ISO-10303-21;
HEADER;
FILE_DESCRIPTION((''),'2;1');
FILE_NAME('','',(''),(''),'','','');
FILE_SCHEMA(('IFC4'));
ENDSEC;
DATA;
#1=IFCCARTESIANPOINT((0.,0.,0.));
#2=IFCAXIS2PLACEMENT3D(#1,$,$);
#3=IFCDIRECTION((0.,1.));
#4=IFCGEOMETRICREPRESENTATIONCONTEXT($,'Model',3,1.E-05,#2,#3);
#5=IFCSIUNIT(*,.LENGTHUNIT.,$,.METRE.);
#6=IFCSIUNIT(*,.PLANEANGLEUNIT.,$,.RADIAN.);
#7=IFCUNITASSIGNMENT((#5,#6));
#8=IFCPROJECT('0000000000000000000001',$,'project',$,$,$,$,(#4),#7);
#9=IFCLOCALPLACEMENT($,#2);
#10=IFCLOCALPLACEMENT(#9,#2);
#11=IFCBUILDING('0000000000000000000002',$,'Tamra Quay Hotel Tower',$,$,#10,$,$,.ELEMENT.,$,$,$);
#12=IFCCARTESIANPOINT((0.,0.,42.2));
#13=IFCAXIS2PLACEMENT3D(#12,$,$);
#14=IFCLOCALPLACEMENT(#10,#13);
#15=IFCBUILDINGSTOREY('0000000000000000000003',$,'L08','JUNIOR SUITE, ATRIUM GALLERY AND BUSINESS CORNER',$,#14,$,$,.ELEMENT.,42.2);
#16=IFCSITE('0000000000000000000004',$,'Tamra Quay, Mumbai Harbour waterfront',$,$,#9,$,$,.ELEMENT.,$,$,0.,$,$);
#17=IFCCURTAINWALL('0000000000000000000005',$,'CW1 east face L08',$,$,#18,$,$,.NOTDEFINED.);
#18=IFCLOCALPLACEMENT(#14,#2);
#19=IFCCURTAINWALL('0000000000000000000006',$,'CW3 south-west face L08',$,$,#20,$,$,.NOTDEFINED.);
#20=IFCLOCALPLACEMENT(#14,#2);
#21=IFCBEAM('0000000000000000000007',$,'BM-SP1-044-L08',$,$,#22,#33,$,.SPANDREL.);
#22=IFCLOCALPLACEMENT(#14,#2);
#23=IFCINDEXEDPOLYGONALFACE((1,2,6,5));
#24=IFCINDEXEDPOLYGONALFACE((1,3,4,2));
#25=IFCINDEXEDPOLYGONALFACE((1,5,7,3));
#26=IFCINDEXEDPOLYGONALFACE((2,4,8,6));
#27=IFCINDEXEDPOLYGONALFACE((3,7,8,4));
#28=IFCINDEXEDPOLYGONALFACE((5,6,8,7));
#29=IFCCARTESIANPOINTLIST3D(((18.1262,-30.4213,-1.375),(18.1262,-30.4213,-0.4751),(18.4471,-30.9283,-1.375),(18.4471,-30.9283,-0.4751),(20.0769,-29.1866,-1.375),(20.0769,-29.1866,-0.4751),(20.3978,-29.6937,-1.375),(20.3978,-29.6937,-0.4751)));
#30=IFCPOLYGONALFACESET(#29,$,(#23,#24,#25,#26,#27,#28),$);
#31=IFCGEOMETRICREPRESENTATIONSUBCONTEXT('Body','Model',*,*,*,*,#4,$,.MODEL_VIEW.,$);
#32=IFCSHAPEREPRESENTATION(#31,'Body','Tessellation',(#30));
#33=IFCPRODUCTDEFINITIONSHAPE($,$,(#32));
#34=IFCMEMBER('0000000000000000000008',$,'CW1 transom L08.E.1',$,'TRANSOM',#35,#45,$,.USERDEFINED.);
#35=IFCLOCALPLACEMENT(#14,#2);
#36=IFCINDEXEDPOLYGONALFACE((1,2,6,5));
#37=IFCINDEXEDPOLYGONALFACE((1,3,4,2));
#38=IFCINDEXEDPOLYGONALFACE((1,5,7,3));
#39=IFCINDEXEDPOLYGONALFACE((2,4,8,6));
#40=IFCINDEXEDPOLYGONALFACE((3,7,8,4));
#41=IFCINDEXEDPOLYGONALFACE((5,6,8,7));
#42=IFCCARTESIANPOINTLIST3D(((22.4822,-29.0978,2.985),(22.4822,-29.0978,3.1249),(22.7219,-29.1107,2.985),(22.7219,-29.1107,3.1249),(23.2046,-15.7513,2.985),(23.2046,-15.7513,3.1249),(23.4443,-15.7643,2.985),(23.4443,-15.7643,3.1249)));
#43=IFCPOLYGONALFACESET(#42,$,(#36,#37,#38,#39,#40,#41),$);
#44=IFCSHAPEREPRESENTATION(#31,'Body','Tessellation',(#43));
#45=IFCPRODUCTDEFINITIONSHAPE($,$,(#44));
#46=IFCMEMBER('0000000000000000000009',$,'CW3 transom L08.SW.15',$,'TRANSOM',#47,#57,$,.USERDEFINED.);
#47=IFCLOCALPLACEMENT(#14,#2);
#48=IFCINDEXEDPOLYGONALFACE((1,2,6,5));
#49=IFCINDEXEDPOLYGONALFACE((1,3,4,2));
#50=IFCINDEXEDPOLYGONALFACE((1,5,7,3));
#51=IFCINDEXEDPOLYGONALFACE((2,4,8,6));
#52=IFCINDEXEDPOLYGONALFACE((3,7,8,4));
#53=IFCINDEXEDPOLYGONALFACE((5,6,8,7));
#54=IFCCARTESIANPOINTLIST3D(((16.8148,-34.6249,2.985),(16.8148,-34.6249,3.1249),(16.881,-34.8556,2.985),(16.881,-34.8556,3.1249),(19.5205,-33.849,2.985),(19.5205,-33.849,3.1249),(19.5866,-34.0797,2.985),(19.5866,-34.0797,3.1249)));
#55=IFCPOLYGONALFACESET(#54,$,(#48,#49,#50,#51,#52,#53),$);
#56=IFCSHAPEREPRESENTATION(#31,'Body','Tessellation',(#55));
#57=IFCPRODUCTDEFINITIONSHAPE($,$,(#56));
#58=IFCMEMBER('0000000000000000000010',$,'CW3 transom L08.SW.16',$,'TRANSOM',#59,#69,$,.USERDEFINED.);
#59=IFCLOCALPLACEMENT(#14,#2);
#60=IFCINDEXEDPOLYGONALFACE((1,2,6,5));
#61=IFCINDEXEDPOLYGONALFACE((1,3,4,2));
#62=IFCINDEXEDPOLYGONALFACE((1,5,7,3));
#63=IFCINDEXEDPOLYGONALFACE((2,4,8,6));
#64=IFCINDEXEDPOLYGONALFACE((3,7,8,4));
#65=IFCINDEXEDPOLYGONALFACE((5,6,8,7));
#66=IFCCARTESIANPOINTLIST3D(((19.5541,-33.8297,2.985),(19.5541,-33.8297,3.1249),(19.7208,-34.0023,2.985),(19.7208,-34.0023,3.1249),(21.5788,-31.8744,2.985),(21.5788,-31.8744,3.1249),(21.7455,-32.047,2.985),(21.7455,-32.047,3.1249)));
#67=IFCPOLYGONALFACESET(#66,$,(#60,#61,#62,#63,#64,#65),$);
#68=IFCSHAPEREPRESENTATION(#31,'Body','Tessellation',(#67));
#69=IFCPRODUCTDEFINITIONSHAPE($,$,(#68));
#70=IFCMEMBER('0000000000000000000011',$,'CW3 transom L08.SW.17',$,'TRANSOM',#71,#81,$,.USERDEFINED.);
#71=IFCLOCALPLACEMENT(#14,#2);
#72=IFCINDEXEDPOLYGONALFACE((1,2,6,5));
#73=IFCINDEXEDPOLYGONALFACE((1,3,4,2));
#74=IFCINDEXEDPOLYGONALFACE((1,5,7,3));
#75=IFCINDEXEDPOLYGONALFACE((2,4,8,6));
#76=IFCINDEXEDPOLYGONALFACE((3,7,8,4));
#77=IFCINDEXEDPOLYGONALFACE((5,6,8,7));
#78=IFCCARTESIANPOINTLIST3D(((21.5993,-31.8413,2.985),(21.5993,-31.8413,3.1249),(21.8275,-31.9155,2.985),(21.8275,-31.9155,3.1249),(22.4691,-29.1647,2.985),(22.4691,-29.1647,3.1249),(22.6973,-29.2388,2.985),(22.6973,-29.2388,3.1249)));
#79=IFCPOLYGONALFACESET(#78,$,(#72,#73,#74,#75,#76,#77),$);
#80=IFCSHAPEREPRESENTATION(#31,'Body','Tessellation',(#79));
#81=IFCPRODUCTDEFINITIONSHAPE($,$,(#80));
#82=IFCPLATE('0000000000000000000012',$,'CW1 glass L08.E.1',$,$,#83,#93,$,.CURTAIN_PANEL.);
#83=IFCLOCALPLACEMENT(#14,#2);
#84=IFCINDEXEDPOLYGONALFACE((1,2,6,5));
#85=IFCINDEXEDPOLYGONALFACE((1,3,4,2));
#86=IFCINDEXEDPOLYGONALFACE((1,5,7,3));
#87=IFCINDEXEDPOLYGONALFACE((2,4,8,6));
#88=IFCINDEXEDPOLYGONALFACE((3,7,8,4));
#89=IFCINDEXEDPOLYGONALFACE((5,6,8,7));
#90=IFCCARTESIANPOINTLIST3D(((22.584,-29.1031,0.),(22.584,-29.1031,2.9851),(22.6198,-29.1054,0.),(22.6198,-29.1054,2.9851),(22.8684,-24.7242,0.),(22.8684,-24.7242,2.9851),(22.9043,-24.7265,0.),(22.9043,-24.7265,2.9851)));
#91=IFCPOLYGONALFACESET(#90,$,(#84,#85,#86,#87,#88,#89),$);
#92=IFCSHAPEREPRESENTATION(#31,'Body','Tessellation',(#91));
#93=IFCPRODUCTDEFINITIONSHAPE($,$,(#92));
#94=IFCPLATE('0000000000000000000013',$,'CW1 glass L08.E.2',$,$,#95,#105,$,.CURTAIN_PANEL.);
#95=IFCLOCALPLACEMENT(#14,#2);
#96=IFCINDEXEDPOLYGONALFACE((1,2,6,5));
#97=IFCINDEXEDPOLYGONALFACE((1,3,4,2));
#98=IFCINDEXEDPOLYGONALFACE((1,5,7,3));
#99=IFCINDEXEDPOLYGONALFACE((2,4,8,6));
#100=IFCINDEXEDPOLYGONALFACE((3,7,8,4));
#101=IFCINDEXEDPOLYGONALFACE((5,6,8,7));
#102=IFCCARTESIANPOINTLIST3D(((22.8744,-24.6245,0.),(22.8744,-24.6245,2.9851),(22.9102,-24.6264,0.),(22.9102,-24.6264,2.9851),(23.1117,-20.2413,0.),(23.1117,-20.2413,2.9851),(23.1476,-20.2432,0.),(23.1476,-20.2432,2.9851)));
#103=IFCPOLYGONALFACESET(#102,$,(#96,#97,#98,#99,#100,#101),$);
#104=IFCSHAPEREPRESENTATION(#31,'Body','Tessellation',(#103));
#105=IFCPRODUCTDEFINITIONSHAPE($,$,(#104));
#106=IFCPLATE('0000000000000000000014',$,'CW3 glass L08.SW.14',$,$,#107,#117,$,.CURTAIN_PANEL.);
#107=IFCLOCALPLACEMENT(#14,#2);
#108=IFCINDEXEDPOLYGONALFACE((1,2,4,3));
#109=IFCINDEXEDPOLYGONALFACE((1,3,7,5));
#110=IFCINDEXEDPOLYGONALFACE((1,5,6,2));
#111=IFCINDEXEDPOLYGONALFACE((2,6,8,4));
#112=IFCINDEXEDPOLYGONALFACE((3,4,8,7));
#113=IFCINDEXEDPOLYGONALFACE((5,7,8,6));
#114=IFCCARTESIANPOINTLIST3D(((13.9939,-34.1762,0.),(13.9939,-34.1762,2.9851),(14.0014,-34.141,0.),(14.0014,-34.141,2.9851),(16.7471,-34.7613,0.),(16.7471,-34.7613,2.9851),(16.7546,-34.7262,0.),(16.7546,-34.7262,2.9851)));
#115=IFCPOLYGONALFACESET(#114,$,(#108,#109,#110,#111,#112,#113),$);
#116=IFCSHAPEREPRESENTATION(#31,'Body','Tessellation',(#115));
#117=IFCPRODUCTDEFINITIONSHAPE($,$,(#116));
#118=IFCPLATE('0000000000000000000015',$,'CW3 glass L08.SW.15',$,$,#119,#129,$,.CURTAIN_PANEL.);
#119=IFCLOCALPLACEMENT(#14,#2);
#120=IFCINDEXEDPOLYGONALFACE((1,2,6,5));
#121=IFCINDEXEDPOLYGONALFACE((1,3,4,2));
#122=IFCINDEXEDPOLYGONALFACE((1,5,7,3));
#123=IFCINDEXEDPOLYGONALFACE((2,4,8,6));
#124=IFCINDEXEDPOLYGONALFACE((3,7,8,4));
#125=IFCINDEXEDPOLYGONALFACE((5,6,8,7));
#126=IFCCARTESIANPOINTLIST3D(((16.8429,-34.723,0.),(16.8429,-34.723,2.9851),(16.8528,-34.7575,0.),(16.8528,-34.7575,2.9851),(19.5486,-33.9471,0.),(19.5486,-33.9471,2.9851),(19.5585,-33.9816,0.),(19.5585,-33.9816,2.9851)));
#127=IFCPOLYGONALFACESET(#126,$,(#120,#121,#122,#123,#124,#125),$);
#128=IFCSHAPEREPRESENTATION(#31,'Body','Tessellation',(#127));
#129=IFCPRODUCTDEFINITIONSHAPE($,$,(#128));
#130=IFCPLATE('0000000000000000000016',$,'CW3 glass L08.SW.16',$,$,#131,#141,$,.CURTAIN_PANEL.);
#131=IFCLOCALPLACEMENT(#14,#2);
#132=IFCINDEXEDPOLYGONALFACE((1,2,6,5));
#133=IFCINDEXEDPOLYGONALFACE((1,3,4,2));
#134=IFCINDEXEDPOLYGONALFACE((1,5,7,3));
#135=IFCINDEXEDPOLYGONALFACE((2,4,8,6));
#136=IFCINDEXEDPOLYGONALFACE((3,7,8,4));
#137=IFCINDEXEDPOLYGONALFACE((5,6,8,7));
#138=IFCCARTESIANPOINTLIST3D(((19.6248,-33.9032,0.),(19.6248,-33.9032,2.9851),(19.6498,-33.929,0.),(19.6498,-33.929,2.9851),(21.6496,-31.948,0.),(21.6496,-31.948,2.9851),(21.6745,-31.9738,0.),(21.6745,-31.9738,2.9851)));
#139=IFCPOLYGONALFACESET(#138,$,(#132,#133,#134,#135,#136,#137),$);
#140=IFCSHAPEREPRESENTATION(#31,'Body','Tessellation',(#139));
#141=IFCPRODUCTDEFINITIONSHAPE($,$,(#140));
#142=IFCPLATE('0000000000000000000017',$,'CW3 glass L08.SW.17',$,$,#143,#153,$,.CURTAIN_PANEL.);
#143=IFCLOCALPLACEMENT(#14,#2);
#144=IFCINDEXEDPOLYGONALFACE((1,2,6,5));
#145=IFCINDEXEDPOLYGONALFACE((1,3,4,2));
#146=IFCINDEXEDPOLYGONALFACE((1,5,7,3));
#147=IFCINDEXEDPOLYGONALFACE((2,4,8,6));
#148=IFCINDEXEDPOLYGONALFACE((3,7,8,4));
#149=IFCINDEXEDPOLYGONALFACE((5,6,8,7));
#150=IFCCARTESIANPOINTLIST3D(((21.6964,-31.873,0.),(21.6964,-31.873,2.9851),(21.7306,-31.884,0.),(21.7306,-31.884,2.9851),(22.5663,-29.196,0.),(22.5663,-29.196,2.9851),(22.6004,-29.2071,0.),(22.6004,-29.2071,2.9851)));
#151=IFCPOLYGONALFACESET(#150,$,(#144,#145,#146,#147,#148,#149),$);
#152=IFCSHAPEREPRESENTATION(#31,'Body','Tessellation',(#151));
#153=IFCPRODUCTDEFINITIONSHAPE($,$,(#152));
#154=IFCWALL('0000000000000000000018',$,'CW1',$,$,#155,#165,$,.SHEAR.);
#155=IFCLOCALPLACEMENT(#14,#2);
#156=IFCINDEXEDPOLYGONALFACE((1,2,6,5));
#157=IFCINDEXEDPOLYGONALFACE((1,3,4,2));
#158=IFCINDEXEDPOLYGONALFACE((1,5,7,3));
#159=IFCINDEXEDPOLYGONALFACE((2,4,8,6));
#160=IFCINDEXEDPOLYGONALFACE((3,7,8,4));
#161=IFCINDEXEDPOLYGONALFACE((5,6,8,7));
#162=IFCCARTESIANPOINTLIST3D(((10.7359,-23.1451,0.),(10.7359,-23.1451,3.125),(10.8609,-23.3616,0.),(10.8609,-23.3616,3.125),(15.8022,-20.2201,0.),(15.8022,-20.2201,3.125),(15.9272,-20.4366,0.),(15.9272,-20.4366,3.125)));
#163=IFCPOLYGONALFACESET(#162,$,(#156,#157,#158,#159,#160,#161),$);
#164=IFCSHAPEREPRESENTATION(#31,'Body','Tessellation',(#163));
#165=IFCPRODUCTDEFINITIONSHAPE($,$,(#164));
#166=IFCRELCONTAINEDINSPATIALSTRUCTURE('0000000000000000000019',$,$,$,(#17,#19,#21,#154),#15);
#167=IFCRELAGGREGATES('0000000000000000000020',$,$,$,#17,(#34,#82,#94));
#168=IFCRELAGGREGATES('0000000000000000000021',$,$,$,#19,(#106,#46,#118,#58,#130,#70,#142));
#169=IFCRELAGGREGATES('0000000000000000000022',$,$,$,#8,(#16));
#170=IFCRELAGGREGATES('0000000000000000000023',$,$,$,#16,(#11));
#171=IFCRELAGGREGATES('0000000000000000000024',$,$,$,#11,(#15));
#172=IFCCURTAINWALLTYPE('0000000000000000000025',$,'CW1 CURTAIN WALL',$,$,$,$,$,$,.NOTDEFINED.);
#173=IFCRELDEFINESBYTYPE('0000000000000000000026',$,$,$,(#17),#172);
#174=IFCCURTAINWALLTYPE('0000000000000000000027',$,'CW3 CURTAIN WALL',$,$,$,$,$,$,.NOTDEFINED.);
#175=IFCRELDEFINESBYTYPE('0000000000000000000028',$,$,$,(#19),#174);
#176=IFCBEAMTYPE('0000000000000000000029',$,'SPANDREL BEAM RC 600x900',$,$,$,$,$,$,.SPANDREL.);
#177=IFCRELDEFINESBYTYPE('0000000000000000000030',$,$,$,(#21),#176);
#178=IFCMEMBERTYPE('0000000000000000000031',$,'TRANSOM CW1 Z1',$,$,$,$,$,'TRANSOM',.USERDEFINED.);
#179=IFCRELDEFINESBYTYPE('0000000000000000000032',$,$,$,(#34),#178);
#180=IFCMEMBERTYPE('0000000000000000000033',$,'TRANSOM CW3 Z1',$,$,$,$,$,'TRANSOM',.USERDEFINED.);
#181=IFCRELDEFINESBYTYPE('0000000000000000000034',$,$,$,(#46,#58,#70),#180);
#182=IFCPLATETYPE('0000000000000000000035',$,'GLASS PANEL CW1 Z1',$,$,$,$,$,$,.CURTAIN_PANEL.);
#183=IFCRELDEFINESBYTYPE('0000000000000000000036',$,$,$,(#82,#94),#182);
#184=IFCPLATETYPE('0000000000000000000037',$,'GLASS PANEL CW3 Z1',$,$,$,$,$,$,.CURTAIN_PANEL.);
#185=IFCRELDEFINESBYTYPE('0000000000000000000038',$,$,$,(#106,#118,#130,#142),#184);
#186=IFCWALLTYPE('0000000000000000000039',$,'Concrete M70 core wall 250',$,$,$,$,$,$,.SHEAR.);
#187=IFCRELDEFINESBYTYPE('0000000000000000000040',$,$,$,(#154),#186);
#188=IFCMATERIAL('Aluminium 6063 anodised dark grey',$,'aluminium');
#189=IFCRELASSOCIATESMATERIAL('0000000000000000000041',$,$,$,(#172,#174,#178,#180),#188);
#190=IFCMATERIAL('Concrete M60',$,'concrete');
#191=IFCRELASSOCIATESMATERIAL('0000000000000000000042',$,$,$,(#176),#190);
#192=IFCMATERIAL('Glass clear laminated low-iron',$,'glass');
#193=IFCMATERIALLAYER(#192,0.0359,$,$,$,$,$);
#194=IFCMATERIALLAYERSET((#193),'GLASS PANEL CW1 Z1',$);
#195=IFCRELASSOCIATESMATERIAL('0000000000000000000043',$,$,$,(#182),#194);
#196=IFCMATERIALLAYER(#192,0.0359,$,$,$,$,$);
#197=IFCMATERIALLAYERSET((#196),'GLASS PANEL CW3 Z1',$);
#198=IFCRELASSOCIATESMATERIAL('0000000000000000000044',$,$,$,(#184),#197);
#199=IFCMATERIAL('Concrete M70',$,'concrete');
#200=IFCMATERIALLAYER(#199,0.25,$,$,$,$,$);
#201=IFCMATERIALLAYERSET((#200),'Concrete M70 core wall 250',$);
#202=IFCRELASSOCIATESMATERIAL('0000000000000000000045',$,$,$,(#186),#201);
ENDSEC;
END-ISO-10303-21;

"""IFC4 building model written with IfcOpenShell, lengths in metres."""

from ifc_helpers import new_model, si_unit, direction, frame, frame_2d, origin, origin_2d, place, context, subcontext, project, spatial, rectangle, extrude, material, layer, layer_set, material_profile, profile_set, type_object, element, aggregate, save


model = new_model("IFC4")

# Units and contexts
model_context = context("Model", 3, precision=1e-05, world=origin(), true_north=direction((0.0, 1.0)))
body_context = subcontext(model_context, "Body", "Model", "MODEL_VIEW")
ifc_project = project(units=[si_unit("LENGTHUNIT", "METRE"), si_unit("PLANEANGLEUNIT", "RADIAN")], contexts=[model_context])

# Site, building, storey
site_placement = place(None, origin())
site = spatial("IfcSite", under=ifc_project, at=site_placement, Name="Tamra Quay, Mumbai Harbour waterfront", CompositionType="ELEMENT", RefElevation=0.0)
building_placement = place(site_placement, origin())
building = spatial("IfcBuilding", under=site, at=building_placement, Name="Tamra Quay Hotel Tower", CompositionType="ELEMENT")
storey_placement = place(building_placement, frame((0.0, 0.0, 42.2)))
storey = spatial("IfcBuildingStorey", under=building, at=storey_placement, Name="L08", Description="JUNIOR SUITE, ATRIUM GALLERY AND BUSINESS CORNER", CompositionType="ELEMENT", Elevation=42.2)

# Shared definitions
ifc_material_1 = material(Name="Concrete M70", Category="concrete")

# Curtain walls
ifc_material_2 = material(Name="Aluminium 6063 anodised dark grey", Category="aluminium")
curtain_wall_type_1 = type_object("IfcCurtainWallType", Name="CW1 CURTAIN WALL", PredefinedType="NOTDEFINED", material=ifc_material_2)
curtain_wall_1_placement = place(storey_placement, origin())
curtain_wall_1 = element("IfcCurtainWall", 1, at=curtain_wall_1_placement, inside=storey, type_object=curtain_wall_type_1, Name="CW1 east face L08", PredefinedType="NOTDEFINED")
curtain_wall_type_2 = type_object("IfcCurtainWallType", Name="CW3 CURTAIN WALL", PredefinedType="NOTDEFINED", material=ifc_material_2)
curtain_wall_2_placement = place(storey_placement, origin())
curtain_wall_2 = element("IfcCurtainWall", 2, at=curtain_wall_2_placement, inside=storey, type_object=curtain_wall_type_2, Name="CW3 south-west face L08", PredefinedType="NOTDEFINED")

# Beam
ifc_material_3 = material(Name="Concrete M60", Category="concrete")
ifc_material_profile_1 = material_profile(ifc_material_3, rectangle(XDim=0.6001, YDim=0.8999, at=origin_2d()), Name="SPANDREL BEAM RC 600x900")
ifc_profile_set_1 = profile_set([ifc_material_profile_1], Name="Concrete M60")
beam_type = type_object("IfcBeamType", Name="SPANDREL BEAM RC 600x900", PredefinedType="SPANDREL", material=ifc_profile_set_1)
beam_1_placement = place(storey_placement, frame((18.2866, -30.6748, -0.925), z_axis=(0.844978, 0.5348, 0.0), x_axis=(-0.5348, 0.844978, 0.0)))
element("IfcBeam", 3, at=beam_1_placement, inside=storey, type_object=beam_type, Name="BM-SP1-044-L08", PredefinedType="SPANDREL", context=body_context, shape_type="SweptSolid", body=[
    extrude(rectangle(XDim=0.6001, YDim=0.8999, at=origin_2d()), origin(), (0.0, 0.0, 1.0), 2.3086),
])

# Members
ifc_material_profile_2 = material_profile(ifc_material_2, rectangle(XDim=0.24, YDim=0.1399, at=origin_2d()), Name="TRANSOM 240X140")
ifc_profile_set_2 = profile_set([ifc_material_profile_2], Name="Aluminium 6063 anodised dark grey")
member_type_1 = type_object("IfcMemberType", Name="TRANSOM CW1 Z1", ElementType="TRANSOM", PredefinedType="USERDEFINED", material=ifc_profile_set_2)
member_1_placement = place(storey_placement, frame((22.6021, -29.1042, 3.0549), z_axis=(0.054049, 0.998538, 0.0), x_axis=(-0.998538, 0.054049, 0.0)))
member_1 = element("IfcMember", 4, at=member_1_placement, type_object=member_type_1, Name="CW1 transom L08.E.1", ObjectType="TRANSOM", PredefinedType="USERDEFINED", context=body_context, shape_type="SweptSolid", body=[
    extrude(rectangle(XDim=0.24, YDim=0.1399, at=origin_2d()), origin(), (0.0, 0.0, 1.0), 13.366),
])
ifc_material_profile_3 = material_profile(ifc_material_2, rectangle(XDim=0.24, YDim=0.1399, at=origin_2d()), Name="TRANSOM 240X140")
ifc_profile_set_3 = profile_set([ifc_material_profile_3], Name="Aluminium 6063 anodised dark grey")
member_type_2 = type_object("IfcMemberType", Name="TRANSOM CW3 Z1", ElementType="TRANSOM", PredefinedType="USERDEFINED", material=ifc_profile_set_3)
member_2_placement = place(storey_placement, frame((16.8479, -34.7402, 3.0549), z_axis=(0.961255, 0.27566, 0.0), x_axis=(-0.27566, 0.961255, 0.0)))
member_2 = element("IfcMember", 5, at=member_2_placement, type_object=member_type_2, Name="CW3 transom L08.SW.15", ObjectType="TRANSOM", PredefinedType="USERDEFINED", context=body_context, shape_type="SweptSolid", body=[
    extrude(rectangle(XDim=0.24, YDim=0.1399, at=origin_2d()), origin(), (0.0, 0.0, 1.0), 2.8147),
])
member_3_placement = place(storey_placement, frame((19.6375, -33.916, 3.0549), z_axis=(0.719316, 0.694683, 0.0), x_axis=(-0.694683, 0.719316, 0.0)))
member_3 = element("IfcMember", 6, at=member_3_placement, type_object=member_type_2, Name="CW3 transom L08.SW.16", ObjectType="TRANSOM", PredefinedType="USERDEFINED", context=body_context, shape_type="SweptSolid", body=[
    extrude(rectangle(XDim=0.24, YDim=0.1399, at=origin_2d()), origin(), (0.0, 0.0, 1.0), 2.8147),
])
member_4_placement = place(storey_placement, frame((21.7134, -31.8784, 3.0549), z_axis=(0.309063, 0.951042, 0.0), x_axis=(-0.951042, 0.309063, 0.0)))
member_4 = element("IfcMember", 7, at=member_4_placement, type_object=member_type_2, Name="CW3 transom L08.SW.17", ObjectType="TRANSOM", PredefinedType="USERDEFINED", context=body_context, shape_type="SweptSolid", body=[
    extrude(rectangle(XDim=0.24, YDim=0.1399, at=origin_2d()), origin(), (0.0, 0.0, 1.0), 2.8145),
])

# Plates
ifc_material_4 = material(Name="Glass clear laminated low-iron", Category="glass")
ifc_layer_1 = layer(ifc_material_4, 0.0359)
ifc_layer_set_1 = layer_set([ifc_layer_1], Name="GLASS PANEL CW1 Z1")
plate_type_1 = type_object("IfcPlateType", Name="GLASS PANEL CW1 Z1", PredefinedType="CURTAIN_PANEL", material=ifc_layer_set_1)
plate_1_placement = place(storey_placement, frame((22.7441, -26.9148, 0.0), z_axis=(0.0, 0.0, 1.0), x_axis=(0.064813, 0.997897, 0.0)))
plate_1 = element("IfcPlate", 8, at=plate_1_placement, type_object=plate_type_1, Name="CW1 glass L08.E.1", PredefinedType="CURTAIN_PANEL", context=body_context, shape_type="SweptSolid", body=[
    extrude(rectangle(XDim=4.3882, YDim=0.0359, at=origin_2d()), origin(), (0.0, 0.0, 1.0), 2.9851),
])
plate_2_placement = place(storey_placement, frame((23.011, -22.4338, 0.0), z_axis=(0.0, 0.0, 1.0), x_axis=(0.054062, 0.998538, 0.0)))
plate_2 = element("IfcPlate", 9, at=plate_2_placement, type_object=plate_type_1, Name="CW1 glass L08.E.2", PredefinedType="CURTAIN_PANEL", context=body_context, shape_type="SweptSolid", body=[
    extrude(rectangle(XDim=4.3896, YDim=0.0359, at=origin_2d()), origin(), (0.0, 0.0, 1.0), 2.9851),
])
aggregate(curtain_wall_1, [member_1, plate_1, plate_2])
ifc_layer_2 = layer(ifc_material_4, 0.0359)
ifc_layer_set_2 = layer_set([ifc_layer_2], Name="GLASS PANEL CW3 Z1")
plate_type_2 = type_object("IfcPlateType", Name="GLASS PANEL CW3 Z1", PredefinedType="CURTAIN_PANEL", material=ifc_layer_set_2)
plate_3_placement = place(storey_placement, frame((15.3743, -34.4512, 0.0), z_axis=(0.0, 0.0, 1.0), x_axis=(0.978153, -0.207887, 0.0)))
plate_3 = element("IfcPlate", 10, at=plate_3_placement, type_object=plate_type_2, Name="CW3 glass L08.SW.14", PredefinedType="CURTAIN_PANEL", context=body_context, shape_type="SweptSolid", body=[
    extrude(rectangle(XDim=2.8147, YDim=0.0359, at=origin_2d()), origin(), (0.0, 0.0, 1.0), 2.9851),
])
plate_4_placement = place(storey_placement, frame((18.2007, -34.3523, 0.0), z_axis=(0.0, 0.0, 1.0), x_axis=(0.961259, 0.275645, 0.0)))
plate_4 = element("IfcPlate", 11, at=plate_4_placement, type_object=plate_type_2, Name="CW3 glass L08.SW.15", PredefinedType="CURTAIN_PANEL", context=body_context, shape_type="SweptSolid", body=[
    extrude(rectangle(XDim=2.8147, YDim=0.0359, at=origin_2d()), origin(), (0.0, 0.0, 1.0), 2.9851),
])
plate_5_placement = place(storey_placement, frame((20.6497, -32.9385, 0.0), z_axis=(0.0, 0.0, 1.0), x_axis=(0.719346, 0.694652, 0.0)))
plate_5 = element("IfcPlate", 12, at=plate_5_placement, type_object=plate_type_2, Name="CW3 glass L08.SW.16", PredefinedType="CURTAIN_PANEL", context=body_context, shape_type="SweptSolid", body=[
    extrude(rectangle(XDim=2.8147, YDim=0.0359, at=origin_2d()), origin(), (0.0, 0.0, 1.0), 2.9851),
])
plate_6_placement = place(storey_placement, frame((22.1484, -30.54, 0.0), z_axis=(0.0, 0.0, 1.0), x_axis=(0.309041, 0.951049, 0.0)))
plate_6 = element("IfcPlate", 13, at=plate_6_placement, type_object=plate_type_2, Name="CW3 glass L08.SW.17", PredefinedType="CURTAIN_PANEL", context=body_context, shape_type="SweptSolid", body=[
    extrude(rectangle(XDim=2.8147, YDim=0.0359, at=origin_2d()), origin(), (0.0, 0.0, 1.0), 2.9851),
])
aggregate(curtain_wall_2, [plate_3, member_2, plate_4, member_3, plate_5, member_4, plate_6])

# Wall
ifc_layer_3 = layer(ifc_material_1, 0.25)
ifc_layer_set_3 = layer_set([ifc_layer_3], Name="Concrete M70 core wall 250")
wall_type = type_object("IfcWallType", Name="Concrete M70 core wall 250", PredefinedType="SHEAR", material=ifc_layer_set_3)
wall_placement = place(storey_placement, frame((15.8647, -20.3284, 0.0), z_axis=(0.0, 0.0, 1.0), x_axis=(-0.866029, -0.499995, 0.0)))
element("IfcWall", 14, at=wall_placement, inside=storey, type_object=wall_type, Name="CW1", PredefinedType="SHEAR", context=body_context, shape_type="SweptSolid", body=[
    extrude(rectangle(XDim=5.8501, YDim=0.25, at=frame_2d((2.925, 0.0))), origin(), (0.0, 0.0, 1.0), 3.125),
])

save(model, "model.ifc")
